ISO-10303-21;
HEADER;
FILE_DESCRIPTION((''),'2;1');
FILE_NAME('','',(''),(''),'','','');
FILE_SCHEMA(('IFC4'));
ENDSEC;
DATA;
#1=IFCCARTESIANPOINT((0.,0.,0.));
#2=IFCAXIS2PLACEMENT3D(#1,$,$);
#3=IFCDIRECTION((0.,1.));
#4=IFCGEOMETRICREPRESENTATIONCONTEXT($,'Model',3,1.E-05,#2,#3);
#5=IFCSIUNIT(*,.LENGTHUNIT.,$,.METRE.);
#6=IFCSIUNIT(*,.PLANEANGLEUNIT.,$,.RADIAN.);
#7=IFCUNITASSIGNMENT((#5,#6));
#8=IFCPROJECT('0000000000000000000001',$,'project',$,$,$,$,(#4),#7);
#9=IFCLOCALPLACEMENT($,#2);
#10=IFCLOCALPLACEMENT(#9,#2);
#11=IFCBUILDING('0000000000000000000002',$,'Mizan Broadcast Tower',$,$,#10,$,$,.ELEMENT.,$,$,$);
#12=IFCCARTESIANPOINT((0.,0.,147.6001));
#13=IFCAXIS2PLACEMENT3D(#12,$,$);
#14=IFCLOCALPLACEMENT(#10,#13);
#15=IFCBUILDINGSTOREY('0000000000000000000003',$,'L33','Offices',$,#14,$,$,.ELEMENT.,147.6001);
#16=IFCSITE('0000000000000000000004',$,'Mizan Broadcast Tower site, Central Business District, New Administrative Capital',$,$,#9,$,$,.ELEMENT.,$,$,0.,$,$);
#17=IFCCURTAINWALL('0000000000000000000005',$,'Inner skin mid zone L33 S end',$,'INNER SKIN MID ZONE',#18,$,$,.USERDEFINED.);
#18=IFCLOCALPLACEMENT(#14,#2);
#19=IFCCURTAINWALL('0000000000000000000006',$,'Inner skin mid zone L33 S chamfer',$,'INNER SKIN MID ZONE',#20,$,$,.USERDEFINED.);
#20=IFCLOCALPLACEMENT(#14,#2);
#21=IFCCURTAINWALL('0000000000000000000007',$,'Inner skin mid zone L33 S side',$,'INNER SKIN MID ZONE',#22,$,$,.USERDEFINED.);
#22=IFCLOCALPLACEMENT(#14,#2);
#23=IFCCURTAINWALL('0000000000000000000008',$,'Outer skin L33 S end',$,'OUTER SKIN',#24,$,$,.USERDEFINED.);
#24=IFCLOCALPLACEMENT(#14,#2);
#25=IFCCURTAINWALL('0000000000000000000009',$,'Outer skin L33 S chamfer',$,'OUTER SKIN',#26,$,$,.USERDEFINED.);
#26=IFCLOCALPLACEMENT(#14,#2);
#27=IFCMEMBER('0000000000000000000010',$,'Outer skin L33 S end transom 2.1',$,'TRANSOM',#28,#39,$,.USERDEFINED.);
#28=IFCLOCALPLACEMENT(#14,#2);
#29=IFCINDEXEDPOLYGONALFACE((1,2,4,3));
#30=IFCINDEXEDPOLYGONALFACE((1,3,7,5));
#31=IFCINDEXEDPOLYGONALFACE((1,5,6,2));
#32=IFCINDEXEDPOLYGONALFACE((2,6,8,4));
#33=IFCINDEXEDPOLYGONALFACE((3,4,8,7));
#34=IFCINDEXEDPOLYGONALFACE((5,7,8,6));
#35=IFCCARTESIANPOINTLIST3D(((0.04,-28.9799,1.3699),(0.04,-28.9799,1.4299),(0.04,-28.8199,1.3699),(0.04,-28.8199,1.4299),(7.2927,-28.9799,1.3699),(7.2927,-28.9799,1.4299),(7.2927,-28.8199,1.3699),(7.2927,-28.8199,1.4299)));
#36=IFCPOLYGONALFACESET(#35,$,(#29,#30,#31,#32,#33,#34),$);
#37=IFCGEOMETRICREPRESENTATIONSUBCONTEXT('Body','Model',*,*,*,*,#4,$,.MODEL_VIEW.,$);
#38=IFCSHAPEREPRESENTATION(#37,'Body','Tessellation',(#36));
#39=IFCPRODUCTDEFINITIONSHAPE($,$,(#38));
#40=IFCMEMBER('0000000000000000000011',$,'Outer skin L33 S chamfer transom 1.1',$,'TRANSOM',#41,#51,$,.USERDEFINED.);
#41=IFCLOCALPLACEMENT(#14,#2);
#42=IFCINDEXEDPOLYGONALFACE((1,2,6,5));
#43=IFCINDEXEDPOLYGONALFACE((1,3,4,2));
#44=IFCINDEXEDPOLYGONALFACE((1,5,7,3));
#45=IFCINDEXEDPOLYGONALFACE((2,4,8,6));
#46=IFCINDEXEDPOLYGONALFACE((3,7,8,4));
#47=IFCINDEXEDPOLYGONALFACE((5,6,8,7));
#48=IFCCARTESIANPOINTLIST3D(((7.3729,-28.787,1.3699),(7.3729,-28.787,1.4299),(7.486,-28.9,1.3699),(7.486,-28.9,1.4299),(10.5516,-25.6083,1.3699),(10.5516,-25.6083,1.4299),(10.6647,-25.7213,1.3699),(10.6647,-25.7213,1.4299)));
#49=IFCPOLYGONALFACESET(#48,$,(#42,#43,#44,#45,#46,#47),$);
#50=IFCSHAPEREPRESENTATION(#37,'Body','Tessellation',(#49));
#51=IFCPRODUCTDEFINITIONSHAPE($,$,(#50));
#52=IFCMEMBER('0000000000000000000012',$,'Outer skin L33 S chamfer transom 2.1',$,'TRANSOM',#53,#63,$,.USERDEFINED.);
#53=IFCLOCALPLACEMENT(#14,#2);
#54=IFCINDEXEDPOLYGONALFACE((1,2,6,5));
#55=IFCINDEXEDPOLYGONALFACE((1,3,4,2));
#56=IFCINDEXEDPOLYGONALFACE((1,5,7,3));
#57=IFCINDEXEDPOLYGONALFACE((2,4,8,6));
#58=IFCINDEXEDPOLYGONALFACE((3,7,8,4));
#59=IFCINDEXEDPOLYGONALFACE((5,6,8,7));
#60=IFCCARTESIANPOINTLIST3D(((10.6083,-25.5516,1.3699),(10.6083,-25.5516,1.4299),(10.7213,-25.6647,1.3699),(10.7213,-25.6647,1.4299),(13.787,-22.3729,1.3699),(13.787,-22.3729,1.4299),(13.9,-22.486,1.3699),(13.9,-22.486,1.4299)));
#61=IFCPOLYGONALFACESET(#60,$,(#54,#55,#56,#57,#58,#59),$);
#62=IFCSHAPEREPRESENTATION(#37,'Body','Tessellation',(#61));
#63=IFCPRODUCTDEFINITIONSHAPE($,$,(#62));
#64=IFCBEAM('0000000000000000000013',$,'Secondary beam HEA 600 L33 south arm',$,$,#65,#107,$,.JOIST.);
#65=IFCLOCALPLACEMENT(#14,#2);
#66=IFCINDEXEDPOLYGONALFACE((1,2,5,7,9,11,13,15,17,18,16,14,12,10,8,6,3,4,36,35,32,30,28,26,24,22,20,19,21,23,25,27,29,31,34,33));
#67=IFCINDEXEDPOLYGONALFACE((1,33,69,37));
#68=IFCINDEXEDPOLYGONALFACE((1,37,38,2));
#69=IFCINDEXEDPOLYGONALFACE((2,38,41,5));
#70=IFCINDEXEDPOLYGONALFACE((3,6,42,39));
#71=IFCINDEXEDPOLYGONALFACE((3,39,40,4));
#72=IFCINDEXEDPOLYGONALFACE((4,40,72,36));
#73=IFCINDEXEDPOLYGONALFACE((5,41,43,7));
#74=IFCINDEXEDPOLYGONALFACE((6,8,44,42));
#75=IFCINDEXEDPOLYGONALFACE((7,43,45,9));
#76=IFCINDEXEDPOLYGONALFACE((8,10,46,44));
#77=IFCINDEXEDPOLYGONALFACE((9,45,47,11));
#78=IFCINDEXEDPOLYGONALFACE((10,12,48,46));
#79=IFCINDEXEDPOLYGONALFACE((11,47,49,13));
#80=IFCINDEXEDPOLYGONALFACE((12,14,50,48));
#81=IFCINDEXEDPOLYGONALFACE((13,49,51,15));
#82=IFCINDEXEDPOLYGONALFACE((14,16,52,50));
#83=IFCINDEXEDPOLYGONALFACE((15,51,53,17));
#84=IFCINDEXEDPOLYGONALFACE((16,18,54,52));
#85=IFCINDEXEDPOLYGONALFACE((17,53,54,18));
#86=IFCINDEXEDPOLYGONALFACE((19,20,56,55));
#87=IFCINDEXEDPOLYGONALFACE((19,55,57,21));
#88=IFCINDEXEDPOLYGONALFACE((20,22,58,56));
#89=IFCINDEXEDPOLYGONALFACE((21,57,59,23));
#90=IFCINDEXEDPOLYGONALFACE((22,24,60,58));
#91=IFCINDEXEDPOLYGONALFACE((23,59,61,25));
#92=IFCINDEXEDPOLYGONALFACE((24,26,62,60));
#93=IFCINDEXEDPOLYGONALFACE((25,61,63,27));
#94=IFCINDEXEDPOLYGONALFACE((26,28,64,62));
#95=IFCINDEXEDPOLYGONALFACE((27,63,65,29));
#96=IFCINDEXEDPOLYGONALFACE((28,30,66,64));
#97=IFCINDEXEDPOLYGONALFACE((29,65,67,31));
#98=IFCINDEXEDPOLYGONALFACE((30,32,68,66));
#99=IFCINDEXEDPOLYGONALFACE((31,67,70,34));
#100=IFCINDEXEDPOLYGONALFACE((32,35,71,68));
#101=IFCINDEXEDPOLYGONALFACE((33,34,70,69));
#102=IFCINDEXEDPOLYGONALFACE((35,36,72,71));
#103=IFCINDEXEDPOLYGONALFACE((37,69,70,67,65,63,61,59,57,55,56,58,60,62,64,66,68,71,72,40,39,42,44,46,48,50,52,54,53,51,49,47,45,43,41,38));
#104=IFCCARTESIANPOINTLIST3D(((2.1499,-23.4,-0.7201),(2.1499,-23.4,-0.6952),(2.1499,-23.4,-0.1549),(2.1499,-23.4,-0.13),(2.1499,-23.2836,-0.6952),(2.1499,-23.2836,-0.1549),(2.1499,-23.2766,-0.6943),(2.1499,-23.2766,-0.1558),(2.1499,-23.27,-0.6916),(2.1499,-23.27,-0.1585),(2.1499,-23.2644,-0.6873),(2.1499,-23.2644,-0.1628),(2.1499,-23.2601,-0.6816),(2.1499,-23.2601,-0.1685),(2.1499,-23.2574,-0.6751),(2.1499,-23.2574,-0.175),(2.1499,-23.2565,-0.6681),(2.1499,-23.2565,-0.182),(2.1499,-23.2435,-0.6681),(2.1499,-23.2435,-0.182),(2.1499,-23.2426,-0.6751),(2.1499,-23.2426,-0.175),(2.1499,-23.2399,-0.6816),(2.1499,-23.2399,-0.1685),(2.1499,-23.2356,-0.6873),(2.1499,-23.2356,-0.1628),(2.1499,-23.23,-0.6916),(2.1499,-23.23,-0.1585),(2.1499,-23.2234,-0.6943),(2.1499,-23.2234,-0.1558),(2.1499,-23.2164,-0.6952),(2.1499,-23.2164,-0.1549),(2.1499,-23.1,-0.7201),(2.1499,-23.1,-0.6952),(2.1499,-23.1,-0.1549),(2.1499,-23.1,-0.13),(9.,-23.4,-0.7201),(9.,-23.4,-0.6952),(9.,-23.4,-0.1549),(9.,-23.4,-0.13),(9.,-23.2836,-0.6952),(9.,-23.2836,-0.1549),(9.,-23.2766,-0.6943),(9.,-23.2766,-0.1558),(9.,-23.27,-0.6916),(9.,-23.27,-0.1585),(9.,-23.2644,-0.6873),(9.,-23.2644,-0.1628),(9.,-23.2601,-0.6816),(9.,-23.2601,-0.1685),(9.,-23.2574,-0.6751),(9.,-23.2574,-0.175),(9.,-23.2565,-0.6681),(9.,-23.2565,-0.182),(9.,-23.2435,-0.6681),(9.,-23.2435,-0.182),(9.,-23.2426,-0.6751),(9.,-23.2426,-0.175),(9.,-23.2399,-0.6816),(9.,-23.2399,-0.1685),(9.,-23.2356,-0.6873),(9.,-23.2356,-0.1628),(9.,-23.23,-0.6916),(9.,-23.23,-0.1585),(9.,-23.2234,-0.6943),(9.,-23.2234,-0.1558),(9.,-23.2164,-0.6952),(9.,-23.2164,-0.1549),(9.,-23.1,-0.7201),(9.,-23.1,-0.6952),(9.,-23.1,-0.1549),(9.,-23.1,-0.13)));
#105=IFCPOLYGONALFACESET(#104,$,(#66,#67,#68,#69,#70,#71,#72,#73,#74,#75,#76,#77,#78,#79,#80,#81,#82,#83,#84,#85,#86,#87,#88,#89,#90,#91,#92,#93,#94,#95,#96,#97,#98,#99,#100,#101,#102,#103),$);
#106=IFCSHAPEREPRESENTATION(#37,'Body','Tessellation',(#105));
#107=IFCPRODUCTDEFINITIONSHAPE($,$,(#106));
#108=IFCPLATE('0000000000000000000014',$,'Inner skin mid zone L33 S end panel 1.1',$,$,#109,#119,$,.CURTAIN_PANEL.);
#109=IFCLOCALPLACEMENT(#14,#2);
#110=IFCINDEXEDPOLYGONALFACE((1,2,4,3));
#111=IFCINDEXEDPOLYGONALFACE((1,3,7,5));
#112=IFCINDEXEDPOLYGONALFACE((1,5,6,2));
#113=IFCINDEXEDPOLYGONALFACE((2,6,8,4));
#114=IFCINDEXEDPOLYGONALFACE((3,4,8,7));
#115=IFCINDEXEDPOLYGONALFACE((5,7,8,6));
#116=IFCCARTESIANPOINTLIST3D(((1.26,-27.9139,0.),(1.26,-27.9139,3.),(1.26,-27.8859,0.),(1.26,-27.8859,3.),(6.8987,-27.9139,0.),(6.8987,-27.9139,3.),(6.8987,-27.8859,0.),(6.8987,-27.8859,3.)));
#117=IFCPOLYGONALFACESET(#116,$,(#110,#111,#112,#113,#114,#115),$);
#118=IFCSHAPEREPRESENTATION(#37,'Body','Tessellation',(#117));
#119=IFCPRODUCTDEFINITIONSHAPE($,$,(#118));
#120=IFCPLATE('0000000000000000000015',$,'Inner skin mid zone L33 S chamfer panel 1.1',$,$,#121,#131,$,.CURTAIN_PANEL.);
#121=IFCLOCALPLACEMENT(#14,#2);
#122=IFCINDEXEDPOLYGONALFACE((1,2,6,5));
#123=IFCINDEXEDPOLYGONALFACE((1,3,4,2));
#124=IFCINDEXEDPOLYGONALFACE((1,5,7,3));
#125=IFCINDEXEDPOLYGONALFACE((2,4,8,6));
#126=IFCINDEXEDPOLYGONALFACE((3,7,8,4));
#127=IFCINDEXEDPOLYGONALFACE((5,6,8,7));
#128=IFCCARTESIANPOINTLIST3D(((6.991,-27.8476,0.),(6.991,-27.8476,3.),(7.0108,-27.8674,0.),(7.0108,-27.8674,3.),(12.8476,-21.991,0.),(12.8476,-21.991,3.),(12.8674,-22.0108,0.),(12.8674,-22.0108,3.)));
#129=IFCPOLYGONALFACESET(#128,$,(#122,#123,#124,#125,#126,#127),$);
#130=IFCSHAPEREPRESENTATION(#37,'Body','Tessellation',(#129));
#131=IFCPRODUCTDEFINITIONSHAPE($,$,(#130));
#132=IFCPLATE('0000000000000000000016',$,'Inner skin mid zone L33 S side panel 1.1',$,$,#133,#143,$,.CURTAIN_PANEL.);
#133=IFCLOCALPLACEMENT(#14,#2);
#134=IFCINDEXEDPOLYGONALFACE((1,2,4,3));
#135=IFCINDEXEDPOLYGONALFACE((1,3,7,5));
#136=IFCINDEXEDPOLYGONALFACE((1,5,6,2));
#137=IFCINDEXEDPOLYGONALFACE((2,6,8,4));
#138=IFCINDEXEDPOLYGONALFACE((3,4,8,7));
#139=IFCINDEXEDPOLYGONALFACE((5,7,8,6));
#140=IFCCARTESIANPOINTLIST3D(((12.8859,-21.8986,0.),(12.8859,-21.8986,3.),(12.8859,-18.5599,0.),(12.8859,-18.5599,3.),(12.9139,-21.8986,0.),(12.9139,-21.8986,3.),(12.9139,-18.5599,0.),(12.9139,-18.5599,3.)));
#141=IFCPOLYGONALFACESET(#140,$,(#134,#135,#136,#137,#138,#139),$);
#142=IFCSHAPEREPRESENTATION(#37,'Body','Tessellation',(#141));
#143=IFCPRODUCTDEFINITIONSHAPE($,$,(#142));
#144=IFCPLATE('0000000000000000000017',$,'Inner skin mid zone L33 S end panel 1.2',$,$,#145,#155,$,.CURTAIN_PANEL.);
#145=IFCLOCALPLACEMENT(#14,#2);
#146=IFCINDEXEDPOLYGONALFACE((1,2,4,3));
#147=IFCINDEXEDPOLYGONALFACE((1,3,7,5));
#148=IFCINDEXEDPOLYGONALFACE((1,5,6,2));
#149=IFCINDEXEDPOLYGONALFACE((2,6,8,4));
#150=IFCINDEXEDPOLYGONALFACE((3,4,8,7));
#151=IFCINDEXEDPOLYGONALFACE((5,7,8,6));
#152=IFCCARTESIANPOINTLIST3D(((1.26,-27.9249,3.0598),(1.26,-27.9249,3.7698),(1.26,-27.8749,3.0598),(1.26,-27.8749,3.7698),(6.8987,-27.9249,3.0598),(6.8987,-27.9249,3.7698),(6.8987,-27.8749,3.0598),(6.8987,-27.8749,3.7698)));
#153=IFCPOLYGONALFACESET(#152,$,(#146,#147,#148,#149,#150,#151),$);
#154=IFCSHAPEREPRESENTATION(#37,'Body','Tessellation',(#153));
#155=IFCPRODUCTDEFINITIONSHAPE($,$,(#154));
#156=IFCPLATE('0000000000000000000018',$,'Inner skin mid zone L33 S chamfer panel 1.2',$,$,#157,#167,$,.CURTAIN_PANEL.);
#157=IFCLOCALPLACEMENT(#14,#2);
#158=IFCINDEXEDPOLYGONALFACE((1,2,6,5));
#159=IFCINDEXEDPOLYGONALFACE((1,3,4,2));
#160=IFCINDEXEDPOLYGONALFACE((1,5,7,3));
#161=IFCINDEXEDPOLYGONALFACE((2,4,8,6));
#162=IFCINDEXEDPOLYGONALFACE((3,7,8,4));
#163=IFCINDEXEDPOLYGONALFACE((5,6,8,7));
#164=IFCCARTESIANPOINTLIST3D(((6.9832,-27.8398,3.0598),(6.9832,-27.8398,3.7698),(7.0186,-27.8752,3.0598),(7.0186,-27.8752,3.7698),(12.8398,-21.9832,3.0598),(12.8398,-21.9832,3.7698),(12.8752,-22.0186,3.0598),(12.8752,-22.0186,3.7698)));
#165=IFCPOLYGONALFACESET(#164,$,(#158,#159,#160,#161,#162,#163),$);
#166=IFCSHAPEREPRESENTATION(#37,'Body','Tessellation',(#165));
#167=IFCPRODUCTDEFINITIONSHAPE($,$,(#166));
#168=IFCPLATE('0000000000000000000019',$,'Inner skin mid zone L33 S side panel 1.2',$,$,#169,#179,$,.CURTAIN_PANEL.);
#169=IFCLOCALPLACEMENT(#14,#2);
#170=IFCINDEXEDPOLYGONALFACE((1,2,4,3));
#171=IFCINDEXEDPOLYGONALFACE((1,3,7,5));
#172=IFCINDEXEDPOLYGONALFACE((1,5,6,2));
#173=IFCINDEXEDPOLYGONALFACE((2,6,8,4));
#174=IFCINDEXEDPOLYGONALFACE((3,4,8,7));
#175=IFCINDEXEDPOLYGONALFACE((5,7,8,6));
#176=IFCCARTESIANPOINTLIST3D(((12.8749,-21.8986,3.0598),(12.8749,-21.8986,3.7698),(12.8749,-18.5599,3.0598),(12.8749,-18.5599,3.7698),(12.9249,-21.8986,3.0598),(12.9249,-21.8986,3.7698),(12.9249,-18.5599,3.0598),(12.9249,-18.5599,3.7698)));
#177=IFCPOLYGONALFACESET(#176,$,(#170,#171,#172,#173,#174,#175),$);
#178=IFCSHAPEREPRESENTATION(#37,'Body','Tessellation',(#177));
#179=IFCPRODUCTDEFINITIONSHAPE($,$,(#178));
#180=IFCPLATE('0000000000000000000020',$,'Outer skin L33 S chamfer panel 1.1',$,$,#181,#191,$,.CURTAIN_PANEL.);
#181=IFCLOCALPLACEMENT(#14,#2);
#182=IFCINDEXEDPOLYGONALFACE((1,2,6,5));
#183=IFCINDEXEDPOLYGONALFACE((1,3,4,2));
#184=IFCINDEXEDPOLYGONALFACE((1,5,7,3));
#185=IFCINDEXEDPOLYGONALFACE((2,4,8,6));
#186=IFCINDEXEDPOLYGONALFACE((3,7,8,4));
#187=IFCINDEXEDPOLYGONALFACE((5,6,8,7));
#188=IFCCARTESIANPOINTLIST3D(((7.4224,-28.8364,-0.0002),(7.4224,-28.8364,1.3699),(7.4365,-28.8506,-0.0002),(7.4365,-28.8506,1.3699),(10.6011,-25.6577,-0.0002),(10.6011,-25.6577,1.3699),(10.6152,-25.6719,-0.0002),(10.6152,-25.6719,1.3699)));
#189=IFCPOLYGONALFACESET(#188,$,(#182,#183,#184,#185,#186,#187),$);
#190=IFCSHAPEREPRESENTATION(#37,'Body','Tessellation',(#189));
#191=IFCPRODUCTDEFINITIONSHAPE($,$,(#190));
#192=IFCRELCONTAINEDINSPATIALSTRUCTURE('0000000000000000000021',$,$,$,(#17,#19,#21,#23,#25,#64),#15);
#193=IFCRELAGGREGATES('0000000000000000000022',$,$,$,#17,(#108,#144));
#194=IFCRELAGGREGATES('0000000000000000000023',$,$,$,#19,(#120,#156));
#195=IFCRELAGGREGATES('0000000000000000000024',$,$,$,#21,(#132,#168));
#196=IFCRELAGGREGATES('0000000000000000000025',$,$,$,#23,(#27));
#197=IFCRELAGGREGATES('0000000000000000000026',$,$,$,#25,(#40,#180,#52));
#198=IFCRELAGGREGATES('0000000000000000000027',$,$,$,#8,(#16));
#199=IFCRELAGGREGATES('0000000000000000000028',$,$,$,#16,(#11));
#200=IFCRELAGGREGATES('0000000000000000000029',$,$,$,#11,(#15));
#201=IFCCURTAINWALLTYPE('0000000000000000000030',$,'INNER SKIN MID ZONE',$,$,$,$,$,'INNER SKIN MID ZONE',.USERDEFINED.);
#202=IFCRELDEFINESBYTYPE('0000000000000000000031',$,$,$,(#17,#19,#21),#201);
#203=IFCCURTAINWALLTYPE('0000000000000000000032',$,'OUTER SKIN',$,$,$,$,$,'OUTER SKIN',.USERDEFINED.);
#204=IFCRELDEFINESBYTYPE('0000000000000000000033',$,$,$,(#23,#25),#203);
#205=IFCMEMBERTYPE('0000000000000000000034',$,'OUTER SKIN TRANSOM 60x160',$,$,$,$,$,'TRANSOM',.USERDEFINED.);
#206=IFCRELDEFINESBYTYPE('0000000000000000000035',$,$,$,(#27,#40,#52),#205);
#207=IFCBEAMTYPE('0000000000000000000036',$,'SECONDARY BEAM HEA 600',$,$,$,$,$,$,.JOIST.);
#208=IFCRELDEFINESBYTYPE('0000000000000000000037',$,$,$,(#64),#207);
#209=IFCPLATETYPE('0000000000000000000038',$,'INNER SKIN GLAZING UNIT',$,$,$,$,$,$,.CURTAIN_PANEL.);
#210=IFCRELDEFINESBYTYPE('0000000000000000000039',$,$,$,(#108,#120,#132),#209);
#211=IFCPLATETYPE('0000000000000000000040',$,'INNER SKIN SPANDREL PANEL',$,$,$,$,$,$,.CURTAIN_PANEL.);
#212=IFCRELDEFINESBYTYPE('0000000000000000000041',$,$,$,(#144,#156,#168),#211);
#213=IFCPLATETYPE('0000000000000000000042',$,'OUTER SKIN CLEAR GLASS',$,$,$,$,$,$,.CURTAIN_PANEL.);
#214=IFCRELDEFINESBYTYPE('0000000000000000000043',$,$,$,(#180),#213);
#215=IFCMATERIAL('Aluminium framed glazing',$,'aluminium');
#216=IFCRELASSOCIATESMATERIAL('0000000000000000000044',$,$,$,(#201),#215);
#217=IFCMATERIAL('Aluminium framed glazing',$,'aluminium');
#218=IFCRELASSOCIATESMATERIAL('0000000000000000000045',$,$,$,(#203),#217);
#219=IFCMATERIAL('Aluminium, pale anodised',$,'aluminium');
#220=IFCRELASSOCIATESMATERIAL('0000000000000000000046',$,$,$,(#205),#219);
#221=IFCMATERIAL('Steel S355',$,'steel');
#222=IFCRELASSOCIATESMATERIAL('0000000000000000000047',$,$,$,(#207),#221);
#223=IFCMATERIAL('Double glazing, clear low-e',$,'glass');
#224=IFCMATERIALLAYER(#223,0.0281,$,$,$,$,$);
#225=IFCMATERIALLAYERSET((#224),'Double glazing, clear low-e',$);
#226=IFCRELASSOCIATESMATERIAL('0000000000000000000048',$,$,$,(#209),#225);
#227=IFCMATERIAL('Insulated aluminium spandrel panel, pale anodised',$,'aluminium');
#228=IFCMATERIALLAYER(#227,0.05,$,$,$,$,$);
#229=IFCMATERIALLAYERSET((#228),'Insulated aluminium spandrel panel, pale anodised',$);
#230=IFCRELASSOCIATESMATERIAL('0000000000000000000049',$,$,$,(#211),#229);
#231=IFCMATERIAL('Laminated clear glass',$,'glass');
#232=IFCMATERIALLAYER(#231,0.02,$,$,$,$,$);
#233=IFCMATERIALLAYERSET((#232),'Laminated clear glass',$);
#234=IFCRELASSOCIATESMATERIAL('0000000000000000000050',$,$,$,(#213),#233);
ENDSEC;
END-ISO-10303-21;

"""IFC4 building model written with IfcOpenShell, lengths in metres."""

from ifc_helpers import new_model, si_unit, direction, frame, origin, origin_2d, place, context, subcontext, project, spatial, rectangle, i_section, extrude, material, layer, layer_set, material_profile, profile_set, type_object, element, aggregate, save


model = new_model("IFC4")

# Units and contexts
model_context = context("Model", 3, precision=1e-05, world=origin(), true_north=direction((0.0, 1.0)))
body_context = subcontext(model_context, "Body", "Model", "MODEL_VIEW")
ifc_project = project(units=[si_unit("LENGTHUNIT", "METRE"), si_unit("PLANEANGLEUNIT", "RADIAN")], contexts=[model_context])

# Site, building, storey
site_placement = place(None, origin())
site = spatial("IfcSite", under=ifc_project, at=site_placement, Name="Mizan Broadcast Tower site, Central Business District, New Administrative Capital", CompositionType="ELEMENT", RefElevation=0.0)
building_placement = place(site_placement, origin())
building = spatial("IfcBuilding", under=site, at=building_placement, Name="Mizan Broadcast Tower", CompositionType="ELEMENT")
storey_placement = place(building_placement, frame((0.0, 0.0, 147.6001)))
storey = spatial("IfcBuildingStorey", under=building, at=storey_placement, Name="L33", Description="Offices", CompositionType="ELEMENT", Elevation=147.6001)

# Curtain wall
ifc_material_1 = material(Name="Aluminium framed glazing", Category="aluminium")
curtain_wall_type_1 = type_object("IfcCurtainWallType", Name="INNER SKIN MID ZONE", ElementType="INNER SKIN MID ZONE", PredefinedType="USERDEFINED", material=ifc_material_1)
curtain_wall_1_placement = place(storey_placement, origin())
curtain_wall_1 = element("IfcCurtainWall", 1, at=curtain_wall_1_placement, inside=storey, type_object=curtain_wall_type_1, Name="Inner skin mid zone L33 S end", ObjectType="INNER SKIN MID ZONE", PredefinedType="USERDEFINED")

# Curtain wall
curtain_wall_2_placement = place(storey_placement, origin())
curtain_wall_2 = element("IfcCurtainWall", 2, at=curtain_wall_2_placement, inside=storey, type_object=curtain_wall_type_1, Name="Inner skin mid zone L33 S chamfer", ObjectType="INNER SKIN MID ZONE", PredefinedType="USERDEFINED")

# Curtain wall
curtain_wall_3_placement = place(storey_placement, origin())
curtain_wall_3 = element("IfcCurtainWall", 3, at=curtain_wall_3_placement, inside=storey, type_object=curtain_wall_type_1, Name="Inner skin mid zone L33 S side", ObjectType="INNER SKIN MID ZONE", PredefinedType="USERDEFINED")

# Curtain wall
ifc_material_2 = material(Name="Aluminium framed glazing", Category="aluminium")
curtain_wall_type_2 = type_object("IfcCurtainWallType", Name="OUTER SKIN", ElementType="OUTER SKIN", PredefinedType="USERDEFINED", material=ifc_material_2)
curtain_wall_4_placement = place(storey_placement, origin())
curtain_wall_4 = element("IfcCurtainWall", 4, at=curtain_wall_4_placement, inside=storey, type_object=curtain_wall_type_2, Name="Outer skin L33 S end", ObjectType="OUTER SKIN", PredefinedType="USERDEFINED")

# Curtain wall
curtain_wall_5_placement = place(storey_placement, origin())
curtain_wall_5 = element("IfcCurtainWall", 5, at=curtain_wall_5_placement, inside=storey, type_object=curtain_wall_type_2, Name="Outer skin L33 S chamfer", ObjectType="OUTER SKIN", PredefinedType="USERDEFINED")

# Members
ifc_material_3 = material(Name="Aluminium, pale anodised", Category="aluminium")
ifc_material_profile_1 = material_profile(ifc_material_3, rectangle(XDim=0.1599, YDim=0.0601, at=origin_2d()), Name="TRANSOM 160x60")
ifc_profile_set_1 = profile_set([ifc_material_profile_1], Name="Aluminium, pale anodised")
member_type_1 = type_object("IfcMemberType", Name="OUTER SKIN TRANSOM 60x160", ElementType="TRANSOM", PredefinedType="USERDEFINED", material=ifc_profile_set_1)
member_1_placement = place(storey_placement, frame((0.04, -28.8999, 1.3999), z_axis=(1.0, 0.0, 0.0), x_axis=(0.0, 1.0, 0.0)))
member_1 = element("IfcMember", 6, at=member_1_placement, type_object=member_type_1, Name="Outer skin L33 S end transom 2.1", ObjectType="TRANSOM", PredefinedType="USERDEFINED", context=body_context, shape_type="SweptSolid", body=[
    extrude(rectangle(XDim=0.1599, YDim=0.0601, at=origin_2d()), origin(), (0.0, 0.0, 1.0), 7.2527),
])
member_2_placement = place(storey_placement, frame((7.4294, -28.8435, 1.3999), z_axis=(0.707107, 0.707107, 0.0), x_axis=(-0.707107, 0.707107, 0.0)))
member_2 = element("IfcMember", 7, at=member_2_placement, type_object=member_type_1, Name="Outer skin L33 S chamfer transom 1.1", ObjectType="TRANSOM", PredefinedType="USERDEFINED", context=body_context, shape_type="SweptSolid", body=[
    extrude(rectangle(XDim=0.1599, YDim=0.0601, at=origin_2d()), origin(), (0.0, 0.0, 1.0), 4.4954),
])
member_3_placement = place(storey_placement, frame((10.6648, -25.6082, 1.3999), z_axis=(0.707107, 0.707107, 0.0), x_axis=(-0.707107, 0.707107, 0.0)))
member_3 = element("IfcMember", 8, at=member_3_placement, type_object=member_type_1, Name="Outer skin L33 S chamfer transom 2.1", ObjectType="TRANSOM", PredefinedType="USERDEFINED", context=body_context, shape_type="SweptSolid", body=[
    extrude(rectangle(XDim=0.1599, YDim=0.0601, at=origin_2d()), origin(), (0.0, 0.0, 1.0), 4.4954),
])

# Beam
ifc_material_4 = material(Name="Steel S355", Category="steel")
ifc_material_profile_2 = material_profile(ifc_material_4, i_section(OverallWidth=0.3, OverallDepth=0.5901, WebThickness=0.0129, FlangeThickness=0.0249, FilletRadius=0.0271, at=origin_2d()), Name="HEA 600")
ifc_profile_set_2 = profile_set([ifc_material_profile_2], Name="Steel S355")
beam_type_1 = type_object("IfcBeamType", Name="SECONDARY BEAM HEA 600", PredefinedType="JOIST", material=ifc_profile_set_2)
beam_1_placement = place(storey_placement, frame((9.0, -23.25, -0.425), z_axis=(-1.0, 0.0, 0.0), x_axis=(0.0, -1.0, 0.0)))
element("IfcBeam", 9, at=beam_1_placement, inside=storey, type_object=beam_type_1, Name="Secondary beam HEA 600 L33 south arm", PredefinedType="JOIST", context=body_context, shape_type="SweptSolid", body=[
    extrude(i_section(OverallWidth=0.3, OverallDepth=0.5901, WebThickness=0.0129, FlangeThickness=0.0249, FilletRadius=0.0271, at=origin_2d()), origin(), (0.0, 0.0, 1.0), 6.8501),
])

# Plates
ifc_material_5 = material(Name="Double glazing, clear low-e", Category="glass")
ifc_layer_1 = layer(ifc_material_5, 0.0281)
ifc_layer_set_1 = layer_set([ifc_layer_1], Name="Double glazing, clear low-e")
plate_type_1 = type_object("IfcPlateType", Name="INNER SKIN GLAZING UNIT", PredefinedType="CURTAIN_PANEL", material=ifc_layer_set_1)
plate_1_placement = place(storey_placement, frame((4.0793, -27.8999, 0.0), z_axis=(0.0, 0.0, 1.0), x_axis=(1.0, 0.0, 0.0)))
plate_1 = element("IfcPlate", 10, at=plate_1_placement, type_object=plate_type_1, Name="Inner skin mid zone L33 S end panel 1.1", PredefinedType="CURTAIN_PANEL", context=body_context, shape_type="SweptSolid", body=[
    extrude(rectangle(XDim=5.6387, YDim=0.0281, at=origin_2d()), origin(), (0.0, 0.0, 1.0), 3.0),
])
plate_2_placement = place(storey_placement, frame((9.9292, -24.9292, 0.0), z_axis=(0.0, 0.0, 1.0), x_axis=(0.707107, 0.707107, 0.0)))
plate_2 = element("IfcPlate", 11, at=plate_2_placement, type_object=plate_type_1, Name="Inner skin mid zone L33 S chamfer panel 1.1", PredefinedType="CURTAIN_PANEL", context=body_context, shape_type="SweptSolid", body=[
    extrude(rectangle(XDim=8.2825, YDim=0.0281, at=origin_2d()), origin(), (0.0, 0.0, 1.0), 3.0),
])
plate_3_placement = place(storey_placement, frame((12.8999, -20.2292, 0.0), z_axis=(0.0, 0.0, 1.0), x_axis=(0.0, 1.0, 0.0)))
plate_3 = element("IfcPlate", 12, at=plate_3_placement, type_object=plate_type_1, Name="Inner skin mid zone L33 S side panel 1.1", PredefinedType="CURTAIN_PANEL", context=body_context, shape_type="SweptSolid", body=[
    extrude(rectangle(XDim=3.3386, YDim=0.0281, at=origin_2d()), origin(), (0.0, 0.0, 1.0), 3.0),
])
ifc_material_6 = material(Name="Insulated aluminium spandrel panel, pale anodised", Category="aluminium")
ifc_layer_2 = layer(ifc_material_6, 0.05)
ifc_layer_set_2 = layer_set([ifc_layer_2], Name="Insulated aluminium spandrel panel, pale anodised")
plate_type_2 = type_object("IfcPlateType", Name="INNER SKIN SPANDREL PANEL", PredefinedType="CURTAIN_PANEL", material=ifc_layer_set_2)
plate_4_placement = place(storey_placement, frame((4.0793, -27.8999, 3.0598), z_axis=(0.0, 0.0, 1.0), x_axis=(1.0, 0.0, 0.0)))
plate_4 = element("IfcPlate", 13, at=plate_4_placement, type_object=plate_type_2, Name="Inner skin mid zone L33 S end panel 1.2", PredefinedType="CURTAIN_PANEL", context=body_context, shape_type="SweptSolid", body=[
    extrude(rectangle(XDim=5.6387, YDim=0.05, at=origin_2d()), origin(), (0.0, 0.0, 1.0), 0.71),
])
aggregate(curtain_wall_1, [plate_1, plate_4])
plate_5_placement = place(storey_placement, frame((9.9292, -24.9292, 3.0598), z_axis=(0.0, 0.0, 1.0), x_axis=(0.707107, 0.707107, 0.0)))
plate_5 = element("IfcPlate", 14, at=plate_5_placement, type_object=plate_type_2, Name="Inner skin mid zone L33 S chamfer panel 1.2", PredefinedType="CURTAIN_PANEL", context=body_context, shape_type="SweptSolid", body=[
    extrude(rectangle(XDim=8.2825, YDim=0.05, at=origin_2d()), origin(), (0.0, 0.0, 1.0), 0.71),
])
aggregate(curtain_wall_2, [plate_2, plate_5])
plate_6_placement = place(storey_placement, frame((12.8999, -20.2292, 3.0598), z_axis=(0.0, 0.0, 1.0), x_axis=(0.0, 1.0, 0.0)))
plate_6 = element("IfcPlate", 15, at=plate_6_placement, type_object=plate_type_2, Name="Inner skin mid zone L33 S side panel 1.2", PredefinedType="CURTAIN_PANEL", context=body_context, shape_type="SweptSolid", body=[
    extrude(rectangle(XDim=3.3386, YDim=0.05, at=origin_2d()), origin(), (0.0, 0.0, 1.0), 0.71),
])
aggregate(curtain_wall_3, [plate_3, plate_6])
ifc_material_7 = material(Name="Laminated clear glass", Category="glass")
ifc_layer_3 = layer(ifc_material_7, 0.02)
ifc_layer_set_3 = layer_set([ifc_layer_3], Name="Laminated clear glass")
plate_type_3 = type_object("IfcPlateType", Name="OUTER SKIN CLEAR GLASS", PredefinedType="CURTAIN_PANEL", material=ifc_layer_set_3)
plate_7_placement = place(storey_placement, frame((9.0188, -27.2542, -0.0002), z_axis=(0.0, 0.0, 1.0), x_axis=(0.707107, 0.707107, 0.0)))
plate_7 = element("IfcPlate", 16, at=plate_7_placement, type_object=plate_type_3, Name="Outer skin L33 S chamfer panel 1.1", PredefinedType="CURTAIN_PANEL", context=body_context, shape_type="SweptSolid", body=[
    extrude(rectangle(XDim=4.4954, YDim=0.02, at=origin_2d()), origin(), (0.0, 0.0, 1.0), 1.3701),
])
aggregate(curtain_wall_4, [member_1])
aggregate(curtain_wall_5, [member_2, plate_7, member_3])

save(model, "model.ifc")
